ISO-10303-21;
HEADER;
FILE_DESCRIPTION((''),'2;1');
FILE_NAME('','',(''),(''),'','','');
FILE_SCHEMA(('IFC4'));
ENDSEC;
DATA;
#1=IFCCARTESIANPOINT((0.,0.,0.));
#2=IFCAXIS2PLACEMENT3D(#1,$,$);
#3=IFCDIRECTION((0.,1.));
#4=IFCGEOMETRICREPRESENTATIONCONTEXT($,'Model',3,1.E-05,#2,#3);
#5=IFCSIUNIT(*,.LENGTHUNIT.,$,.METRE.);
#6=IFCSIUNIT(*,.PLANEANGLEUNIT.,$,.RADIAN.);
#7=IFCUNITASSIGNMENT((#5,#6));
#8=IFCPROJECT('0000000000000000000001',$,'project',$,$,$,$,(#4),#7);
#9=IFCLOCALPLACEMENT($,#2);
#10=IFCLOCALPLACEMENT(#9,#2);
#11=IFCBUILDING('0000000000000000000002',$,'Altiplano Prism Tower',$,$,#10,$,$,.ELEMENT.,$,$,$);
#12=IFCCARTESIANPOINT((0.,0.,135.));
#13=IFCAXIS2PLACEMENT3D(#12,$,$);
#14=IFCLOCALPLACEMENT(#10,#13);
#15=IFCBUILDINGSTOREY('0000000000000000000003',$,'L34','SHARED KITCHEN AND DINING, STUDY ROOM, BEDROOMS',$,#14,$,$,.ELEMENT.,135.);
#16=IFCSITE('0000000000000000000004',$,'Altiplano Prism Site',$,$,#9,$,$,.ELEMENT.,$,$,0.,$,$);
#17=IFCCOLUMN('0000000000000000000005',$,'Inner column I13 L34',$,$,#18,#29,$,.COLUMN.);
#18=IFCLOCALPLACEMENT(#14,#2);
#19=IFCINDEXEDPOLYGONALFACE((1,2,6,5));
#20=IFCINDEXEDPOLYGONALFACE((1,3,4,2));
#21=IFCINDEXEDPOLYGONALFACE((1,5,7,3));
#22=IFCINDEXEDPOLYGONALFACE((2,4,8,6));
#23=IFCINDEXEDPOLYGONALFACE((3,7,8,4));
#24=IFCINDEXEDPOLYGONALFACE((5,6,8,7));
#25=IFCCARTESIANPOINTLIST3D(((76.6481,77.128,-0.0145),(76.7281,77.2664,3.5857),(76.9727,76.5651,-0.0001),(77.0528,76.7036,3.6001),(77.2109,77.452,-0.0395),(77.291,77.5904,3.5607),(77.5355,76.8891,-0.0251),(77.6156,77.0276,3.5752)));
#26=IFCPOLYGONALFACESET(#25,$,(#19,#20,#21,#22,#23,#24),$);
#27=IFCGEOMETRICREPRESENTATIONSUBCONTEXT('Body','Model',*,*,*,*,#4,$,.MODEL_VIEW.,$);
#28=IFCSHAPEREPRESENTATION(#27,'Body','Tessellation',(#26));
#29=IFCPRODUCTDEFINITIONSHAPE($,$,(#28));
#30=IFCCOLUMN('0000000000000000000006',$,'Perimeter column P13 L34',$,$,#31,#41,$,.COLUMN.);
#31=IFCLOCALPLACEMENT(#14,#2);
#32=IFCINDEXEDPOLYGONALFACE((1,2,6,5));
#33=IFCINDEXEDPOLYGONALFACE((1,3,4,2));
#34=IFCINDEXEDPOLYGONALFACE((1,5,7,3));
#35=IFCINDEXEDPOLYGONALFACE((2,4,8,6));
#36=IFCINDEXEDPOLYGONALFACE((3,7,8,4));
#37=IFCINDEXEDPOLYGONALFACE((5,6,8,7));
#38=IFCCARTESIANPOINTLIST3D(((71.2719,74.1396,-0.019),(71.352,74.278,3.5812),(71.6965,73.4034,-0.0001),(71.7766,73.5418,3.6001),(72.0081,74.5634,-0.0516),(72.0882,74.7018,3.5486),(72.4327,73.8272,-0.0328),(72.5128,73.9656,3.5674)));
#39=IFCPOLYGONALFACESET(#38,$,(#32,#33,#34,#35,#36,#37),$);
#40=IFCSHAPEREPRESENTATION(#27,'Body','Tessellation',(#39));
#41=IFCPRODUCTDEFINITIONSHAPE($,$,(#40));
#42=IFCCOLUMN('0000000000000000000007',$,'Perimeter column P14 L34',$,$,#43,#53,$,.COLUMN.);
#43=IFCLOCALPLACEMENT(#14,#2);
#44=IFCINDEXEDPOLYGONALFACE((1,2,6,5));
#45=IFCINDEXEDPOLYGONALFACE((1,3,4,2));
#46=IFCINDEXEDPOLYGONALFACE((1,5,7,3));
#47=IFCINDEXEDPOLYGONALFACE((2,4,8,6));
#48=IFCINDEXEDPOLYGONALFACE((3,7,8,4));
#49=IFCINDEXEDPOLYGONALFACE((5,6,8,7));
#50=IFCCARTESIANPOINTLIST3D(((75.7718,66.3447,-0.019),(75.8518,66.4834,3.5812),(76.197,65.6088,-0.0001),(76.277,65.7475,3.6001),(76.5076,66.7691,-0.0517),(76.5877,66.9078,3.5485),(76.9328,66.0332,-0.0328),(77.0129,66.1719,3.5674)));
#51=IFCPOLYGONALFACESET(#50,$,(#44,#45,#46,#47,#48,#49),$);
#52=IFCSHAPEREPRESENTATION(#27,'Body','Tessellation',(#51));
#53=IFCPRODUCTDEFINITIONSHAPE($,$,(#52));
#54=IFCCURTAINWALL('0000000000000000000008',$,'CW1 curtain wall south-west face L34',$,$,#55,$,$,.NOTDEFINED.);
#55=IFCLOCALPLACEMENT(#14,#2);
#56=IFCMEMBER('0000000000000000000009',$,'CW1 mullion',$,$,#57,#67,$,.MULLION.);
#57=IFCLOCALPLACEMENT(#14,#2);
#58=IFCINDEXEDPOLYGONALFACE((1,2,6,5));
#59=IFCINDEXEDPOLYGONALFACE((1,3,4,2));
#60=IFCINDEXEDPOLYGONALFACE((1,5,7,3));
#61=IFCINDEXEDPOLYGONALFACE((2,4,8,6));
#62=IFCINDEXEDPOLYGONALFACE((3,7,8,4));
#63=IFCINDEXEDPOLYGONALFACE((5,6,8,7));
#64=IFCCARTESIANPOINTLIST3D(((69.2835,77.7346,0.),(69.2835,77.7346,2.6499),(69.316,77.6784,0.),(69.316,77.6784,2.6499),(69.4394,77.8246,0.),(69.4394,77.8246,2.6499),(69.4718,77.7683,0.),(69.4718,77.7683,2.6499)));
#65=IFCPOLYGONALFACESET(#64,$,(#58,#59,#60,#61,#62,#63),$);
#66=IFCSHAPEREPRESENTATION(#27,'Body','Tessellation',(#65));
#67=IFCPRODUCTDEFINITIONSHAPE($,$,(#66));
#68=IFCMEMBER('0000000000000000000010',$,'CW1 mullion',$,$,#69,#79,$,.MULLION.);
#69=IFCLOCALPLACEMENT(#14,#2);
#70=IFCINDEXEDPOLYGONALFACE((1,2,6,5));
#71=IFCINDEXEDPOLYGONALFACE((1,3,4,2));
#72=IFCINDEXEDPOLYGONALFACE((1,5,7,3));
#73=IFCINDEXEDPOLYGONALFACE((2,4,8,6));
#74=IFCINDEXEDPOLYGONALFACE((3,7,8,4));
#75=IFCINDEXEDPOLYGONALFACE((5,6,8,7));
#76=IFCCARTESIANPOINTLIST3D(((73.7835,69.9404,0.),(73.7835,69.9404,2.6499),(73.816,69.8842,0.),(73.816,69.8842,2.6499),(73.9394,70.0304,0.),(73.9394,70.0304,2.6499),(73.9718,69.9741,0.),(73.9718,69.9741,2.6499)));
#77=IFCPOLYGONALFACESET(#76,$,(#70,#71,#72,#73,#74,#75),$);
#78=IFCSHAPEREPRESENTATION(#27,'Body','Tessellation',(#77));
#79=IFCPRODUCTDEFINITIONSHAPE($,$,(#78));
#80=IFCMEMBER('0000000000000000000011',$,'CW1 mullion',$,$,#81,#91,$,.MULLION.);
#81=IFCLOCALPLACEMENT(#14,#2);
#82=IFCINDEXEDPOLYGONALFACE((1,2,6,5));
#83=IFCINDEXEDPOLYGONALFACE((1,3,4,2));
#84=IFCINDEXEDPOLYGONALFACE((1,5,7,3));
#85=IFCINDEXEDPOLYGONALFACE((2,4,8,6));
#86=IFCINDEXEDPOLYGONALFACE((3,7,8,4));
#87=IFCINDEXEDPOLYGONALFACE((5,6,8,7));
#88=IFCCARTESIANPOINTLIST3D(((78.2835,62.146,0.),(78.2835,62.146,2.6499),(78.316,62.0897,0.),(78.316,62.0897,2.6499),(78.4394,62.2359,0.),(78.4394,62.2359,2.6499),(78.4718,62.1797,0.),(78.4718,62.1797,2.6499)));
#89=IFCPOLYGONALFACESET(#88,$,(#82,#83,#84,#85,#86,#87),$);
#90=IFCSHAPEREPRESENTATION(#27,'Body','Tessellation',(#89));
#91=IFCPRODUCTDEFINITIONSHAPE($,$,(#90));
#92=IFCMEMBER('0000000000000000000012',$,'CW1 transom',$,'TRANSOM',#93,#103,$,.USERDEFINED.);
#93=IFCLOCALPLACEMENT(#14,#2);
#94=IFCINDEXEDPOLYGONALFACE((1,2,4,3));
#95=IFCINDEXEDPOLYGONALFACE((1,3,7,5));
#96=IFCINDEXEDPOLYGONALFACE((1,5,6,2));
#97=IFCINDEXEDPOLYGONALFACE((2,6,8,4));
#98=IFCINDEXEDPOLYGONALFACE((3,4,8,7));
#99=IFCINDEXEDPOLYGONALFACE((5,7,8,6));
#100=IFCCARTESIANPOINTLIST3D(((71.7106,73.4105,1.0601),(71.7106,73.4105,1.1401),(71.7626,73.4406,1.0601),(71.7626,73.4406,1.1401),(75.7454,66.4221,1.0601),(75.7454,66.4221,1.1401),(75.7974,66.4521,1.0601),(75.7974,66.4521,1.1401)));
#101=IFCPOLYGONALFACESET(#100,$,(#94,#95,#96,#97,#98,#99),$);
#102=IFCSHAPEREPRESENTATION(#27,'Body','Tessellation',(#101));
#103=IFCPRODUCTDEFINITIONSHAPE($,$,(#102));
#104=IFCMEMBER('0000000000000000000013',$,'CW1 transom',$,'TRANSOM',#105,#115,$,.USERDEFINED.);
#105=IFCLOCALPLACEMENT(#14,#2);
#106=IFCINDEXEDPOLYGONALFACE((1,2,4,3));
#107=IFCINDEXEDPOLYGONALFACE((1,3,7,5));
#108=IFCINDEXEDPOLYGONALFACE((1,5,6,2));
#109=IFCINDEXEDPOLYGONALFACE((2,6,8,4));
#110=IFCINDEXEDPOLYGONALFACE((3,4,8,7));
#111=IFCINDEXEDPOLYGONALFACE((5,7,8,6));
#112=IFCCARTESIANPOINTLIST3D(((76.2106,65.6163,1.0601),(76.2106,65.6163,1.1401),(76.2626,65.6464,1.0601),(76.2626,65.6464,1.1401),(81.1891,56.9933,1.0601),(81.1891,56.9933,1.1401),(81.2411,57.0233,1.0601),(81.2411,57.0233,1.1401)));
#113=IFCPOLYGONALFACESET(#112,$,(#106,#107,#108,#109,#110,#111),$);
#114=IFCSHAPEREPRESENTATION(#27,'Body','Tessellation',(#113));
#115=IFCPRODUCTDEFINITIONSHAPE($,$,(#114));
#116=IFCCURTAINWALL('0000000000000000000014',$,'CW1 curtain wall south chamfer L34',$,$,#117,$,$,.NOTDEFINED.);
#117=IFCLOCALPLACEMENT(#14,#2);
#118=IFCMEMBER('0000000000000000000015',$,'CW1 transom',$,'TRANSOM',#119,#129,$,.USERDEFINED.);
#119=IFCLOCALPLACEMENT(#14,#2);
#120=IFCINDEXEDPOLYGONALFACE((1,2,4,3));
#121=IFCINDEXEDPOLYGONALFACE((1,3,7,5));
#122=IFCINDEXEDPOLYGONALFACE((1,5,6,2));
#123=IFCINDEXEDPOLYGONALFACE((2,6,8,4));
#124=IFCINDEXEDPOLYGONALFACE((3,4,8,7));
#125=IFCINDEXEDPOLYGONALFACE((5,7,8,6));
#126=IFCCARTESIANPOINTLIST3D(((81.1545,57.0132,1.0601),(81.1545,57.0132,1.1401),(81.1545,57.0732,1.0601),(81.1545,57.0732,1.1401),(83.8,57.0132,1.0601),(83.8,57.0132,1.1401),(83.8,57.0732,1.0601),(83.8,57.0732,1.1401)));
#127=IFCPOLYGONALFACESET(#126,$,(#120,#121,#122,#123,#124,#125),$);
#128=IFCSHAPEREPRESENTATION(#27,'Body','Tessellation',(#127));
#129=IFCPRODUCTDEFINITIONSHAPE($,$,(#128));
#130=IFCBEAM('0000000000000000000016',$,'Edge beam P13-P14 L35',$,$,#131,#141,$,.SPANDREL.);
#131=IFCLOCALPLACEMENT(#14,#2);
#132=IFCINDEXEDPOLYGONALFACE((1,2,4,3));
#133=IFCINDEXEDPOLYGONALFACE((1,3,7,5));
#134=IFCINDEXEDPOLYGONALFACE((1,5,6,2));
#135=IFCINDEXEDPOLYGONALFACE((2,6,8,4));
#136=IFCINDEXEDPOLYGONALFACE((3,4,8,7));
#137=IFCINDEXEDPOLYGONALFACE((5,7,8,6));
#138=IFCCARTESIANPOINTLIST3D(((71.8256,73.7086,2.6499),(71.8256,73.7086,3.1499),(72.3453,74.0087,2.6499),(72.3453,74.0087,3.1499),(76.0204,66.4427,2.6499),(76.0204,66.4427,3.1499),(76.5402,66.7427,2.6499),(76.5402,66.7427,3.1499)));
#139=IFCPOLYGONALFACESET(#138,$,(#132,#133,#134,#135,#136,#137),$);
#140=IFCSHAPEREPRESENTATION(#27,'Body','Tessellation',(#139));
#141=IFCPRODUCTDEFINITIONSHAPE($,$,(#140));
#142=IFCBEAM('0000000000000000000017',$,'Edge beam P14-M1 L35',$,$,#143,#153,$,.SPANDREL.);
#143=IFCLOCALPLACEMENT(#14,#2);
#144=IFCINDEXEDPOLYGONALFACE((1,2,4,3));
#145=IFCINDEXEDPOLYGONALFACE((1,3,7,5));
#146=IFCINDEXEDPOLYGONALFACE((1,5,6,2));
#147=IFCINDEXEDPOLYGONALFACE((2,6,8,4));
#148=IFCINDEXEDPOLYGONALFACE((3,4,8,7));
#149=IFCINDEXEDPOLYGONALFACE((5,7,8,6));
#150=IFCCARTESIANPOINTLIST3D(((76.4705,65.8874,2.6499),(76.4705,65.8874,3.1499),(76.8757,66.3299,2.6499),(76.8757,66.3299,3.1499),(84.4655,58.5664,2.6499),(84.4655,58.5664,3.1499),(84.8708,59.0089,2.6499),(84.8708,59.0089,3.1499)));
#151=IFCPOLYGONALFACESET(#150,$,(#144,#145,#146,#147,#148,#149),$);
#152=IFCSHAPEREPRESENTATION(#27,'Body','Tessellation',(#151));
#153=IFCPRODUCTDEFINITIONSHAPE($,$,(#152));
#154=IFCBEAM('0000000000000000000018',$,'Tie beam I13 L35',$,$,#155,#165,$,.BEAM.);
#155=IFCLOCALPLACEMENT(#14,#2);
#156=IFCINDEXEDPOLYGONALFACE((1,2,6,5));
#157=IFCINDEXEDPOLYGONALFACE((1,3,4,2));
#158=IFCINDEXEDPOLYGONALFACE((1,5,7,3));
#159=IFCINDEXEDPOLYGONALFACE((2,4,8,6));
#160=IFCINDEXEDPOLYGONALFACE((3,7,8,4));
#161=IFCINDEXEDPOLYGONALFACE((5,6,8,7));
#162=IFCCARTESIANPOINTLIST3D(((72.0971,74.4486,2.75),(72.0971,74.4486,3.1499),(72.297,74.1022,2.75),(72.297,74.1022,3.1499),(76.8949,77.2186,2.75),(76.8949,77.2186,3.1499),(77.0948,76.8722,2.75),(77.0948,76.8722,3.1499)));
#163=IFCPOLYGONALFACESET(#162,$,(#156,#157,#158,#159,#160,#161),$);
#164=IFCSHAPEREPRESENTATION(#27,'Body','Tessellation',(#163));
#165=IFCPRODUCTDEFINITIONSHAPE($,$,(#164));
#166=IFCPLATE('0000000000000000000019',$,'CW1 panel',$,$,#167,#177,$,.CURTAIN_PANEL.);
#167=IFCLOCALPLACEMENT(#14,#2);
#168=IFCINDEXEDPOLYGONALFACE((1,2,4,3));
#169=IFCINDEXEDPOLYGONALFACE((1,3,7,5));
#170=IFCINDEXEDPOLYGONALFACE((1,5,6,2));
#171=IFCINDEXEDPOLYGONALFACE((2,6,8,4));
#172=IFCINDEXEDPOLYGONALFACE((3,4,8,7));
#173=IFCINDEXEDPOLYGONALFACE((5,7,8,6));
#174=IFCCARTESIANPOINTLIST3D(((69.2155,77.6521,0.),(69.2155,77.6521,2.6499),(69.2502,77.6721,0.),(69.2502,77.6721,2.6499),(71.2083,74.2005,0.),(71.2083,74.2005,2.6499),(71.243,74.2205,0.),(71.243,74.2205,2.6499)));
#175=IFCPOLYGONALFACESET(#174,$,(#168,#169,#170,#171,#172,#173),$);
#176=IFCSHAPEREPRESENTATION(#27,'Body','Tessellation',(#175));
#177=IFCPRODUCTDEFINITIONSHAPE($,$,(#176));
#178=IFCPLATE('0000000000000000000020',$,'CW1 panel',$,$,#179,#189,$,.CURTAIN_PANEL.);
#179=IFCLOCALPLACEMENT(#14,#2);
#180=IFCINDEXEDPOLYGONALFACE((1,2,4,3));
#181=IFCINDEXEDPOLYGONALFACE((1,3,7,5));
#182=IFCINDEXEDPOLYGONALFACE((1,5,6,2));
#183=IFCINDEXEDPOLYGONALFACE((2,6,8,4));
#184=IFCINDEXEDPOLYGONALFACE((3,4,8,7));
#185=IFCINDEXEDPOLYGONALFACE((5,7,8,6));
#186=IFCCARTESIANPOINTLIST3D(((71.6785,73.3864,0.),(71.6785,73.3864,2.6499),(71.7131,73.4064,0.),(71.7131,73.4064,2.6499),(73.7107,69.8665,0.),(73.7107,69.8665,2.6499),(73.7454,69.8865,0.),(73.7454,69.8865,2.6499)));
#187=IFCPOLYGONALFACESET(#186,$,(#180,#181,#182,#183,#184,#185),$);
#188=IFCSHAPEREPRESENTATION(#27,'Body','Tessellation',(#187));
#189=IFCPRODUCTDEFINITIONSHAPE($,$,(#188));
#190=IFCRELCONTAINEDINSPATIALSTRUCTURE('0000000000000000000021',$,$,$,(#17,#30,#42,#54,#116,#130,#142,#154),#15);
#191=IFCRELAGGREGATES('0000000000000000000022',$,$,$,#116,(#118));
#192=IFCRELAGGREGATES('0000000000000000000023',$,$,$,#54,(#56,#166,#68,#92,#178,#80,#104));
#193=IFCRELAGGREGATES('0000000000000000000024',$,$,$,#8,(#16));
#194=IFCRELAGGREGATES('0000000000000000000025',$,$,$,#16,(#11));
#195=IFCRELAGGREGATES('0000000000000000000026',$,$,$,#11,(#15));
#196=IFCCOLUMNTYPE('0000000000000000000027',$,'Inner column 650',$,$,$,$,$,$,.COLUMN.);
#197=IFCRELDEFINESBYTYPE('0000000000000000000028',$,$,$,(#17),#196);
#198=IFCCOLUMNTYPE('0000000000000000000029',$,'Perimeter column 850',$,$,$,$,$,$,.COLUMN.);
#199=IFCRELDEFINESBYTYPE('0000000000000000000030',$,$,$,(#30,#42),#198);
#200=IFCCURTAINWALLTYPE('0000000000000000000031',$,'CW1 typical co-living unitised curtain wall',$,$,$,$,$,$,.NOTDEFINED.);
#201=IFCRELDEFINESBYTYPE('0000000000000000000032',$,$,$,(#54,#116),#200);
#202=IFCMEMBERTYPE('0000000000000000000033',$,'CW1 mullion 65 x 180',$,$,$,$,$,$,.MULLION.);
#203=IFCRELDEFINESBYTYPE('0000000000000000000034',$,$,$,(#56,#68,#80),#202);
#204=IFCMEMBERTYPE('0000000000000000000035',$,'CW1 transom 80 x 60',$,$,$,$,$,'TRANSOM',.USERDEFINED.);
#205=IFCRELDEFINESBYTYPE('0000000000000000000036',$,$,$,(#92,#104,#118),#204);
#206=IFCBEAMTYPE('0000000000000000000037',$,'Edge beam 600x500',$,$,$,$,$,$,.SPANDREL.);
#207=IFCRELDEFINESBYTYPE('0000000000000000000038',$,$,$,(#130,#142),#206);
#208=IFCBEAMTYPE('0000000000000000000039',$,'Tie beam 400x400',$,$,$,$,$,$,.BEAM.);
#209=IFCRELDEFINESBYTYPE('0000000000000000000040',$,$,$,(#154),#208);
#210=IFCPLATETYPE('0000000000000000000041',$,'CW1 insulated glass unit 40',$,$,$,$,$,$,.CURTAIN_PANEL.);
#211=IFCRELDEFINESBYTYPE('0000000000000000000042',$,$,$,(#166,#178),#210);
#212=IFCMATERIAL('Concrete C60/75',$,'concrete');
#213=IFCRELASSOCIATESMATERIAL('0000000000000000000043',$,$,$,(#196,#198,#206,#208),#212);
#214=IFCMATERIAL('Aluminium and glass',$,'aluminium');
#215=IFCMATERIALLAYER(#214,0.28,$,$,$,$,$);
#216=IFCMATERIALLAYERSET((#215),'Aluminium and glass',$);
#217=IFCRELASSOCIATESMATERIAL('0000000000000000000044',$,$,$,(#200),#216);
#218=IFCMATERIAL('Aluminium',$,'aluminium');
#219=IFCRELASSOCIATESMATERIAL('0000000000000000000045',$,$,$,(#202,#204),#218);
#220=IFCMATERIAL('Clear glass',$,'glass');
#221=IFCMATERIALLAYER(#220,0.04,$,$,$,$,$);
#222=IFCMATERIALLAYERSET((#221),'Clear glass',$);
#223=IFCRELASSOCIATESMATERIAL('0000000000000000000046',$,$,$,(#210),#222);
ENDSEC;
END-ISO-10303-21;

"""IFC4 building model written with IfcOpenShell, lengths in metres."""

from ifc_helpers import new_model, si_unit, direction, frame, origin, origin_2d, place, context, subcontext, project, spatial, rectangle, extrude, material, layer, layer_set, material_profile, profile_set, type_object, element, aggregate, save


model = new_model("IFC4")

# Units and contexts
model_context = context("Model", 3, precision=1e-05, world=origin(), true_north=direction((0.0, 1.0)))
body_context = subcontext(model_context, "Body", "Model", "MODEL_VIEW")
ifc_project = project(units=[si_unit("LENGTHUNIT", "METRE"), si_unit("PLANEANGLEUNIT", "RADIAN")], contexts=[model_context])

# Site, building, storey
site_placement = place(None, origin())
site = spatial("IfcSite", under=ifc_project, at=site_placement, Name="Altiplano Prism Site", CompositionType="ELEMENT", RefElevation=0.0)
building_placement = place(site_placement, origin())
building = spatial("IfcBuilding", under=site, at=building_placement, Name="Altiplano Prism Tower", CompositionType="ELEMENT")
storey_placement = place(building_placement, frame((0.0, 0.0, 135.0)))
storey = spatial("IfcBuildingStorey", under=building, at=storey_placement, Name="L34", Description="SHARED KITCHEN AND DINING, STUDY ROOM, BEDROOMS", CompositionType="ELEMENT", Elevation=135.0)

# Columns
ifc_material_1 = material(Name="Concrete C60/75", Category="concrete")
ifc_material_profile_1 = material_profile(ifc_material_1, rectangle(XDim=0.6499, YDim=0.6499, at=origin_2d()), Name="Inner column 650")
ifc_profile_set_1 = profile_set([ifc_material_profile_1], Name="Concrete C60/75")
column_type_1 = type_object("IfcColumnType", Name="Inner column 650", PredefinedType="COLUMN", material=ifc_profile_set_1)
column_placement = place(storey_placement, frame((77.0918, 77.0085, -0.0198), z_axis=(0.022221, 0.038413, 0.999015), x_axis=(-0.866021, -0.498528, 0.038432)))
element("IfcColumn", 1, at=column_placement, inside=storey, type_object=column_type_1, Name="Inner column I13 L34", PredefinedType="COLUMN", context=body_context, shape_type="SweptSolid", body=[
    extrude(rectangle(XDim=0.6499, YDim=0.6499, at=origin_2d()), origin(), (0.0, 0.0, 1.0), 3.6038),
])
ifc_material_profile_2 = material_profile(ifc_material_1, rectangle(XDim=0.8501, YDim=0.8501, at=origin_2d()), Name="Perimeter column 850")
ifc_profile_set_2 = profile_set([ifc_material_profile_2], Name="Concrete C60/75")
column_type_2 = type_object("IfcColumnType", Name="Perimeter column 850", PredefinedType="COLUMN", material=ifc_profile_set_2)
for number, where, z_axis, x_axis, name in (
    (2, (71.8523, 73.9834, -0.0259), (0.022221, 0.038413, 0.999015), (-0.866021, -0.498528, 0.038432), "Perimeter column P13 L34"),
    (3, (76.3523, 66.189, -0.0259), (0.022221, 0.038481, 0.999012), (-0.865638, -0.499189, 0.038483), "Perimeter column P14 L34"),
):
    element("IfcColumn", number, at=place(storey_placement, frame(where, z_axis=z_axis, x_axis=x_axis)), inside=storey, type_object=column_type_2, Name=name, PredefinedType="COLUMN", context=body_context, shape_type="SweptSolid", body=[
        extrude(rectangle(XDim=0.8501, YDim=0.8501, at=origin_2d()), origin(), (0.0, 0.0, 1.0), 3.6038),
    ])

# Curtain wall, members
ifc_material_2 = material(Name="Aluminium and glass", Category="aluminium")
ifc_layer_1 = layer(ifc_material_2, 0.28)
ifc_layer_set_1 = layer_set([ifc_layer_1], Name="Aluminium and glass")
curtain_wall_type = type_object("IfcCurtainWallType", Name="CW1 typical co-living unitised curtain wall", PredefinedType="NOTDEFINED", material=ifc_layer_set_1)
curtain_wall_1_placement = place(storey_placement, origin())
curtain_wall_1 = element("IfcCurtainWall", 4, at=curtain_wall_1_placement, inside=storey, type_object=curtain_wall_type, Name="CW1 curtain wall south-west face L34", PredefinedType="NOTDEFINED")
ifc_material_3 = material(Name="Aluminium", Category="aluminium")
ifc_material_profile_3 = material_profile(ifc_material_3, rectangle(XDim=0.1799, YDim=0.0649, at=origin_2d()), Name="CW1 mullion 65 x 180")
ifc_profile_set_3 = profile_set([ifc_material_profile_3], Name="Aluminium")
member_type_1 = type_object("IfcMemberType", Name="CW1 mullion 65 x 180", PredefinedType="MULLION", material=ifc_profile_set_3)
member_1_placement = place(storey_placement, frame((69.3777, 77.7515, 0.0), z_axis=(0.0, 0.0, 1.0), x_axis=(0.866025, 0.5, 0.0)))
member_1 = element("IfcMember", 5, at=member_1_placement, type_object=member_type_1, Name="CW1 mullion", PredefinedType="MULLION", context=body_context, shape_type="SweptSolid", body=[
    extrude(rectangle(XDim=0.1799, YDim=0.0649, at=origin_2d()), origin(), (0.0, 0.0, 1.0), 2.6499),
])
member_2_placement = place(storey_placement, frame((73.8777, 69.9573, 0.0), z_axis=(0.0, 0.0, 1.0), x_axis=(0.866025, 0.5, 0.0)))
member_2 = element("IfcMember", 6, at=member_2_placement, type_object=member_type_1, Name="CW1 mullion", PredefinedType="MULLION", context=body_context, shape_type="SweptSolid", body=[
    extrude(rectangle(XDim=0.1799, YDim=0.0649, at=origin_2d()), origin(), (0.0, 0.0, 1.0), 2.6499),
])
member_3_placement = place(storey_placement, frame((78.3777, 62.1628, 0.0), z_axis=(0.0, 0.0, 1.0), x_axis=(0.866025, 0.5, 0.0)))
member_3 = element("IfcMember", 7, at=member_3_placement, type_object=member_type_1, Name="CW1 mullion", PredefinedType="MULLION", context=body_context, shape_type="SweptSolid", body=[
    extrude(rectangle(XDim=0.1799, YDim=0.0649, at=origin_2d()), origin(), (0.0, 0.0, 1.0), 2.6499),
])
ifc_material_profile_4 = material_profile(ifc_material_3, rectangle(XDim=0.0601, YDim=0.0801, at=origin_2d()), Name="CW1 transom 80 x 60")
ifc_profile_set_4 = profile_set([ifc_material_profile_4], Name="Aluminium")
member_type_2 = type_object("IfcMemberType", Name="CW1 transom 80 x 60", ElementType="TRANSOM", PredefinedType="USERDEFINED", material=ifc_profile_set_4)
member_4_placement = place(storey_placement, frame((71.7366, 73.4255, 1.1001), z_axis=(0.500008, -0.866021, 0.0), x_axis=(0.866021, 0.500008, 0.0)))
member_4 = element("IfcMember", 8, at=member_4_placement, type_object=member_type_2, Name="CW1 transom", ObjectType="TRANSOM", PredefinedType="USERDEFINED", context=body_context, shape_type="SweptSolid", body=[
    extrude(rectangle(XDim=0.0601, YDim=0.0801, at=origin_2d()), origin(), (0.0, 0.0, 1.0), 8.0696),
])
member_5_placement = place(storey_placement, frame((76.2366, 65.6313, 1.1001), z_axis=(0.5, -0.866026, 0.0), x_axis=(0.866026, 0.5, 0.0)))
member_5 = element("IfcMember", 9, at=member_5_placement, type_object=member_type_2, Name="CW1 transom", ObjectType="TRANSOM", PredefinedType="USERDEFINED", context=body_context, shape_type="SweptSolid", body=[
    extrude(rectangle(XDim=0.0601, YDim=0.0801, at=origin_2d()), origin(), (0.0, 0.0, 1.0), 9.957),
])

# Curtain wall, member
curtain_wall_2_placement = place(storey_placement, origin())
curtain_wall_2 = element("IfcCurtainWall", 10, at=curtain_wall_2_placement, inside=storey, type_object=curtain_wall_type, Name="CW1 curtain wall south chamfer L34", PredefinedType="NOTDEFINED")
member_6_placement = place(storey_placement, frame((81.1545, 57.0432, 1.1001), z_axis=(1.0, 0.0, 0.0), x_axis=(0.0, 1.0, 0.0)))
member_6 = element("IfcMember", 11, at=member_6_placement, type_object=member_type_2, Name="CW1 transom", ObjectType="TRANSOM", PredefinedType="USERDEFINED", context=body_context, shape_type="SweptSolid", body=[
    extrude(rectangle(XDim=0.0601, YDim=0.0801, at=origin_2d()), origin(), (0.0, 0.0, 1.0), 2.6455),
])
aggregate(curtain_wall_2, [member_6])

# Beams
ifc_material_profile_5 = material_profile(ifc_material_1, rectangle(XDim=0.6001, YDim=0.5, at=origin_2d()), Name="Edge beam 600x500")
ifc_profile_set_5 = profile_set([ifc_material_profile_5], Name="Concrete C60/75")
beam_type_1 = type_object("IfcBeamType", Name="Edge beam 600x500", PredefinedType="SPANDREL", material=ifc_profile_set_5)
beam_1_placement = place(storey_placement, frame((72.0854, 73.8586, 2.8999), z_axis=(0.499989, -0.866032, 0.0), x_axis=(0.866032, 0.499989, 0.0)))
element("IfcBeam", 12, at=beam_1_placement, inside=storey, type_object=beam_type_1, Name="Edge beam P13-P14 L35", PredefinedType="SPANDREL", context=body_context, shape_type="SweptSolid", body=[
    extrude(rectangle(XDim=0.6001, YDim=0.5, at=origin_2d()), origin(), (0.0, 0.0, 1.0), 8.3899),
])
beam_2_placement = place(storey_placement, frame((76.6731, 66.1086, 2.8999), z_axis=(0.737513, -0.675333, 0.0), x_axis=(0.675333, 0.737513, 0.0)))
element("IfcBeam", 13, at=beam_2_placement, inside=storey, type_object=beam_type_1, Name="Edge beam P14-M1 L35", PredefinedType="SPANDREL", context=body_context, shape_type="SweptSolid", body=[
    extrude(rectangle(XDim=0.6001, YDim=0.5, at=origin_2d()), origin(), (0.0, 0.0, 1.0), 10.8406),
])
ifc_material_profile_6 = material_profile(ifc_material_1, rectangle(XDim=0.3999, YDim=0.3999, at=origin_2d()), Name="Tie beam 400x400")
ifc_profile_set_6 = profile_set([ifc_material_profile_6], Name="Concrete C60/75")
beam_type_2 = type_object("IfcBeamType", Name="Tie beam 400x400", PredefinedType="BEAM", material=ifc_profile_set_6)
beam_3_placement = place(storey_placement, frame((76.9949, 77.0454, 2.95), z_axis=(-0.866027, -0.499997, 0.0), x_axis=(0.499997, -0.866027, 0.0)))
element("IfcBeam", 14, at=beam_3_placement, inside=storey, type_object=beam_type_2, Name="Tie beam I13 L35", PredefinedType="BEAM", context=body_context, shape_type="SweptSolid", body=[
    extrude(rectangle(XDim=0.3999, YDim=0.3999, at=origin_2d()), origin(), (0.0, 0.0, 1.0), 5.54),
])

# Plates
ifc_material_4 = material(Name="Clear glass", Category="glass")
ifc_layer_2 = layer(ifc_material_4, 0.04)
ifc_layer_set_2 = layer_set([ifc_layer_2], Name="Clear glass")
plate_type = type_object("IfcPlateType", Name="CW1 insulated glass unit 40", PredefinedType="CURTAIN_PANEL", material=ifc_layer_set_2)
plate_1_placement = place(storey_placement, frame((70.2292, 75.9363, 0.0), z_axis=(0.0, 0.0, 1.0), x_axis=(0.5, -0.866025, 0.0)))
plate_1 = element("IfcPlate", 15, at=plate_1_placement, type_object=plate_type, Name="CW1 panel", PredefinedType="CURTAIN_PANEL", context=body_context, shape_type="SweptSolid", body=[
    extrude(rectangle(XDim=3.9856, YDim=0.04, at=origin_2d()), origin(), (0.0, 0.0, 1.0), 2.6499),
])
plate_2_placement = place(storey_placement, frame((72.7119, 71.6365, 0.0), z_axis=(0.0, 0.0, 1.0), x_axis=(0.5, -0.866025, 0.0)))
plate_2 = element("IfcPlate", 16, at=plate_2_placement, type_object=plate_type, Name="CW1 panel", PredefinedType="CURTAIN_PANEL", context=body_context, shape_type="SweptSolid", body=[
    extrude(rectangle(XDim=4.0645, YDim=0.04, at=origin_2d()), origin(), (0.0, 0.0, 1.0), 2.6499),
])
aggregate(curtain_wall_1, [member_1, plate_1, member_2, member_4, plate_2, member_3, member_5])

save(model, "model.ifc")
